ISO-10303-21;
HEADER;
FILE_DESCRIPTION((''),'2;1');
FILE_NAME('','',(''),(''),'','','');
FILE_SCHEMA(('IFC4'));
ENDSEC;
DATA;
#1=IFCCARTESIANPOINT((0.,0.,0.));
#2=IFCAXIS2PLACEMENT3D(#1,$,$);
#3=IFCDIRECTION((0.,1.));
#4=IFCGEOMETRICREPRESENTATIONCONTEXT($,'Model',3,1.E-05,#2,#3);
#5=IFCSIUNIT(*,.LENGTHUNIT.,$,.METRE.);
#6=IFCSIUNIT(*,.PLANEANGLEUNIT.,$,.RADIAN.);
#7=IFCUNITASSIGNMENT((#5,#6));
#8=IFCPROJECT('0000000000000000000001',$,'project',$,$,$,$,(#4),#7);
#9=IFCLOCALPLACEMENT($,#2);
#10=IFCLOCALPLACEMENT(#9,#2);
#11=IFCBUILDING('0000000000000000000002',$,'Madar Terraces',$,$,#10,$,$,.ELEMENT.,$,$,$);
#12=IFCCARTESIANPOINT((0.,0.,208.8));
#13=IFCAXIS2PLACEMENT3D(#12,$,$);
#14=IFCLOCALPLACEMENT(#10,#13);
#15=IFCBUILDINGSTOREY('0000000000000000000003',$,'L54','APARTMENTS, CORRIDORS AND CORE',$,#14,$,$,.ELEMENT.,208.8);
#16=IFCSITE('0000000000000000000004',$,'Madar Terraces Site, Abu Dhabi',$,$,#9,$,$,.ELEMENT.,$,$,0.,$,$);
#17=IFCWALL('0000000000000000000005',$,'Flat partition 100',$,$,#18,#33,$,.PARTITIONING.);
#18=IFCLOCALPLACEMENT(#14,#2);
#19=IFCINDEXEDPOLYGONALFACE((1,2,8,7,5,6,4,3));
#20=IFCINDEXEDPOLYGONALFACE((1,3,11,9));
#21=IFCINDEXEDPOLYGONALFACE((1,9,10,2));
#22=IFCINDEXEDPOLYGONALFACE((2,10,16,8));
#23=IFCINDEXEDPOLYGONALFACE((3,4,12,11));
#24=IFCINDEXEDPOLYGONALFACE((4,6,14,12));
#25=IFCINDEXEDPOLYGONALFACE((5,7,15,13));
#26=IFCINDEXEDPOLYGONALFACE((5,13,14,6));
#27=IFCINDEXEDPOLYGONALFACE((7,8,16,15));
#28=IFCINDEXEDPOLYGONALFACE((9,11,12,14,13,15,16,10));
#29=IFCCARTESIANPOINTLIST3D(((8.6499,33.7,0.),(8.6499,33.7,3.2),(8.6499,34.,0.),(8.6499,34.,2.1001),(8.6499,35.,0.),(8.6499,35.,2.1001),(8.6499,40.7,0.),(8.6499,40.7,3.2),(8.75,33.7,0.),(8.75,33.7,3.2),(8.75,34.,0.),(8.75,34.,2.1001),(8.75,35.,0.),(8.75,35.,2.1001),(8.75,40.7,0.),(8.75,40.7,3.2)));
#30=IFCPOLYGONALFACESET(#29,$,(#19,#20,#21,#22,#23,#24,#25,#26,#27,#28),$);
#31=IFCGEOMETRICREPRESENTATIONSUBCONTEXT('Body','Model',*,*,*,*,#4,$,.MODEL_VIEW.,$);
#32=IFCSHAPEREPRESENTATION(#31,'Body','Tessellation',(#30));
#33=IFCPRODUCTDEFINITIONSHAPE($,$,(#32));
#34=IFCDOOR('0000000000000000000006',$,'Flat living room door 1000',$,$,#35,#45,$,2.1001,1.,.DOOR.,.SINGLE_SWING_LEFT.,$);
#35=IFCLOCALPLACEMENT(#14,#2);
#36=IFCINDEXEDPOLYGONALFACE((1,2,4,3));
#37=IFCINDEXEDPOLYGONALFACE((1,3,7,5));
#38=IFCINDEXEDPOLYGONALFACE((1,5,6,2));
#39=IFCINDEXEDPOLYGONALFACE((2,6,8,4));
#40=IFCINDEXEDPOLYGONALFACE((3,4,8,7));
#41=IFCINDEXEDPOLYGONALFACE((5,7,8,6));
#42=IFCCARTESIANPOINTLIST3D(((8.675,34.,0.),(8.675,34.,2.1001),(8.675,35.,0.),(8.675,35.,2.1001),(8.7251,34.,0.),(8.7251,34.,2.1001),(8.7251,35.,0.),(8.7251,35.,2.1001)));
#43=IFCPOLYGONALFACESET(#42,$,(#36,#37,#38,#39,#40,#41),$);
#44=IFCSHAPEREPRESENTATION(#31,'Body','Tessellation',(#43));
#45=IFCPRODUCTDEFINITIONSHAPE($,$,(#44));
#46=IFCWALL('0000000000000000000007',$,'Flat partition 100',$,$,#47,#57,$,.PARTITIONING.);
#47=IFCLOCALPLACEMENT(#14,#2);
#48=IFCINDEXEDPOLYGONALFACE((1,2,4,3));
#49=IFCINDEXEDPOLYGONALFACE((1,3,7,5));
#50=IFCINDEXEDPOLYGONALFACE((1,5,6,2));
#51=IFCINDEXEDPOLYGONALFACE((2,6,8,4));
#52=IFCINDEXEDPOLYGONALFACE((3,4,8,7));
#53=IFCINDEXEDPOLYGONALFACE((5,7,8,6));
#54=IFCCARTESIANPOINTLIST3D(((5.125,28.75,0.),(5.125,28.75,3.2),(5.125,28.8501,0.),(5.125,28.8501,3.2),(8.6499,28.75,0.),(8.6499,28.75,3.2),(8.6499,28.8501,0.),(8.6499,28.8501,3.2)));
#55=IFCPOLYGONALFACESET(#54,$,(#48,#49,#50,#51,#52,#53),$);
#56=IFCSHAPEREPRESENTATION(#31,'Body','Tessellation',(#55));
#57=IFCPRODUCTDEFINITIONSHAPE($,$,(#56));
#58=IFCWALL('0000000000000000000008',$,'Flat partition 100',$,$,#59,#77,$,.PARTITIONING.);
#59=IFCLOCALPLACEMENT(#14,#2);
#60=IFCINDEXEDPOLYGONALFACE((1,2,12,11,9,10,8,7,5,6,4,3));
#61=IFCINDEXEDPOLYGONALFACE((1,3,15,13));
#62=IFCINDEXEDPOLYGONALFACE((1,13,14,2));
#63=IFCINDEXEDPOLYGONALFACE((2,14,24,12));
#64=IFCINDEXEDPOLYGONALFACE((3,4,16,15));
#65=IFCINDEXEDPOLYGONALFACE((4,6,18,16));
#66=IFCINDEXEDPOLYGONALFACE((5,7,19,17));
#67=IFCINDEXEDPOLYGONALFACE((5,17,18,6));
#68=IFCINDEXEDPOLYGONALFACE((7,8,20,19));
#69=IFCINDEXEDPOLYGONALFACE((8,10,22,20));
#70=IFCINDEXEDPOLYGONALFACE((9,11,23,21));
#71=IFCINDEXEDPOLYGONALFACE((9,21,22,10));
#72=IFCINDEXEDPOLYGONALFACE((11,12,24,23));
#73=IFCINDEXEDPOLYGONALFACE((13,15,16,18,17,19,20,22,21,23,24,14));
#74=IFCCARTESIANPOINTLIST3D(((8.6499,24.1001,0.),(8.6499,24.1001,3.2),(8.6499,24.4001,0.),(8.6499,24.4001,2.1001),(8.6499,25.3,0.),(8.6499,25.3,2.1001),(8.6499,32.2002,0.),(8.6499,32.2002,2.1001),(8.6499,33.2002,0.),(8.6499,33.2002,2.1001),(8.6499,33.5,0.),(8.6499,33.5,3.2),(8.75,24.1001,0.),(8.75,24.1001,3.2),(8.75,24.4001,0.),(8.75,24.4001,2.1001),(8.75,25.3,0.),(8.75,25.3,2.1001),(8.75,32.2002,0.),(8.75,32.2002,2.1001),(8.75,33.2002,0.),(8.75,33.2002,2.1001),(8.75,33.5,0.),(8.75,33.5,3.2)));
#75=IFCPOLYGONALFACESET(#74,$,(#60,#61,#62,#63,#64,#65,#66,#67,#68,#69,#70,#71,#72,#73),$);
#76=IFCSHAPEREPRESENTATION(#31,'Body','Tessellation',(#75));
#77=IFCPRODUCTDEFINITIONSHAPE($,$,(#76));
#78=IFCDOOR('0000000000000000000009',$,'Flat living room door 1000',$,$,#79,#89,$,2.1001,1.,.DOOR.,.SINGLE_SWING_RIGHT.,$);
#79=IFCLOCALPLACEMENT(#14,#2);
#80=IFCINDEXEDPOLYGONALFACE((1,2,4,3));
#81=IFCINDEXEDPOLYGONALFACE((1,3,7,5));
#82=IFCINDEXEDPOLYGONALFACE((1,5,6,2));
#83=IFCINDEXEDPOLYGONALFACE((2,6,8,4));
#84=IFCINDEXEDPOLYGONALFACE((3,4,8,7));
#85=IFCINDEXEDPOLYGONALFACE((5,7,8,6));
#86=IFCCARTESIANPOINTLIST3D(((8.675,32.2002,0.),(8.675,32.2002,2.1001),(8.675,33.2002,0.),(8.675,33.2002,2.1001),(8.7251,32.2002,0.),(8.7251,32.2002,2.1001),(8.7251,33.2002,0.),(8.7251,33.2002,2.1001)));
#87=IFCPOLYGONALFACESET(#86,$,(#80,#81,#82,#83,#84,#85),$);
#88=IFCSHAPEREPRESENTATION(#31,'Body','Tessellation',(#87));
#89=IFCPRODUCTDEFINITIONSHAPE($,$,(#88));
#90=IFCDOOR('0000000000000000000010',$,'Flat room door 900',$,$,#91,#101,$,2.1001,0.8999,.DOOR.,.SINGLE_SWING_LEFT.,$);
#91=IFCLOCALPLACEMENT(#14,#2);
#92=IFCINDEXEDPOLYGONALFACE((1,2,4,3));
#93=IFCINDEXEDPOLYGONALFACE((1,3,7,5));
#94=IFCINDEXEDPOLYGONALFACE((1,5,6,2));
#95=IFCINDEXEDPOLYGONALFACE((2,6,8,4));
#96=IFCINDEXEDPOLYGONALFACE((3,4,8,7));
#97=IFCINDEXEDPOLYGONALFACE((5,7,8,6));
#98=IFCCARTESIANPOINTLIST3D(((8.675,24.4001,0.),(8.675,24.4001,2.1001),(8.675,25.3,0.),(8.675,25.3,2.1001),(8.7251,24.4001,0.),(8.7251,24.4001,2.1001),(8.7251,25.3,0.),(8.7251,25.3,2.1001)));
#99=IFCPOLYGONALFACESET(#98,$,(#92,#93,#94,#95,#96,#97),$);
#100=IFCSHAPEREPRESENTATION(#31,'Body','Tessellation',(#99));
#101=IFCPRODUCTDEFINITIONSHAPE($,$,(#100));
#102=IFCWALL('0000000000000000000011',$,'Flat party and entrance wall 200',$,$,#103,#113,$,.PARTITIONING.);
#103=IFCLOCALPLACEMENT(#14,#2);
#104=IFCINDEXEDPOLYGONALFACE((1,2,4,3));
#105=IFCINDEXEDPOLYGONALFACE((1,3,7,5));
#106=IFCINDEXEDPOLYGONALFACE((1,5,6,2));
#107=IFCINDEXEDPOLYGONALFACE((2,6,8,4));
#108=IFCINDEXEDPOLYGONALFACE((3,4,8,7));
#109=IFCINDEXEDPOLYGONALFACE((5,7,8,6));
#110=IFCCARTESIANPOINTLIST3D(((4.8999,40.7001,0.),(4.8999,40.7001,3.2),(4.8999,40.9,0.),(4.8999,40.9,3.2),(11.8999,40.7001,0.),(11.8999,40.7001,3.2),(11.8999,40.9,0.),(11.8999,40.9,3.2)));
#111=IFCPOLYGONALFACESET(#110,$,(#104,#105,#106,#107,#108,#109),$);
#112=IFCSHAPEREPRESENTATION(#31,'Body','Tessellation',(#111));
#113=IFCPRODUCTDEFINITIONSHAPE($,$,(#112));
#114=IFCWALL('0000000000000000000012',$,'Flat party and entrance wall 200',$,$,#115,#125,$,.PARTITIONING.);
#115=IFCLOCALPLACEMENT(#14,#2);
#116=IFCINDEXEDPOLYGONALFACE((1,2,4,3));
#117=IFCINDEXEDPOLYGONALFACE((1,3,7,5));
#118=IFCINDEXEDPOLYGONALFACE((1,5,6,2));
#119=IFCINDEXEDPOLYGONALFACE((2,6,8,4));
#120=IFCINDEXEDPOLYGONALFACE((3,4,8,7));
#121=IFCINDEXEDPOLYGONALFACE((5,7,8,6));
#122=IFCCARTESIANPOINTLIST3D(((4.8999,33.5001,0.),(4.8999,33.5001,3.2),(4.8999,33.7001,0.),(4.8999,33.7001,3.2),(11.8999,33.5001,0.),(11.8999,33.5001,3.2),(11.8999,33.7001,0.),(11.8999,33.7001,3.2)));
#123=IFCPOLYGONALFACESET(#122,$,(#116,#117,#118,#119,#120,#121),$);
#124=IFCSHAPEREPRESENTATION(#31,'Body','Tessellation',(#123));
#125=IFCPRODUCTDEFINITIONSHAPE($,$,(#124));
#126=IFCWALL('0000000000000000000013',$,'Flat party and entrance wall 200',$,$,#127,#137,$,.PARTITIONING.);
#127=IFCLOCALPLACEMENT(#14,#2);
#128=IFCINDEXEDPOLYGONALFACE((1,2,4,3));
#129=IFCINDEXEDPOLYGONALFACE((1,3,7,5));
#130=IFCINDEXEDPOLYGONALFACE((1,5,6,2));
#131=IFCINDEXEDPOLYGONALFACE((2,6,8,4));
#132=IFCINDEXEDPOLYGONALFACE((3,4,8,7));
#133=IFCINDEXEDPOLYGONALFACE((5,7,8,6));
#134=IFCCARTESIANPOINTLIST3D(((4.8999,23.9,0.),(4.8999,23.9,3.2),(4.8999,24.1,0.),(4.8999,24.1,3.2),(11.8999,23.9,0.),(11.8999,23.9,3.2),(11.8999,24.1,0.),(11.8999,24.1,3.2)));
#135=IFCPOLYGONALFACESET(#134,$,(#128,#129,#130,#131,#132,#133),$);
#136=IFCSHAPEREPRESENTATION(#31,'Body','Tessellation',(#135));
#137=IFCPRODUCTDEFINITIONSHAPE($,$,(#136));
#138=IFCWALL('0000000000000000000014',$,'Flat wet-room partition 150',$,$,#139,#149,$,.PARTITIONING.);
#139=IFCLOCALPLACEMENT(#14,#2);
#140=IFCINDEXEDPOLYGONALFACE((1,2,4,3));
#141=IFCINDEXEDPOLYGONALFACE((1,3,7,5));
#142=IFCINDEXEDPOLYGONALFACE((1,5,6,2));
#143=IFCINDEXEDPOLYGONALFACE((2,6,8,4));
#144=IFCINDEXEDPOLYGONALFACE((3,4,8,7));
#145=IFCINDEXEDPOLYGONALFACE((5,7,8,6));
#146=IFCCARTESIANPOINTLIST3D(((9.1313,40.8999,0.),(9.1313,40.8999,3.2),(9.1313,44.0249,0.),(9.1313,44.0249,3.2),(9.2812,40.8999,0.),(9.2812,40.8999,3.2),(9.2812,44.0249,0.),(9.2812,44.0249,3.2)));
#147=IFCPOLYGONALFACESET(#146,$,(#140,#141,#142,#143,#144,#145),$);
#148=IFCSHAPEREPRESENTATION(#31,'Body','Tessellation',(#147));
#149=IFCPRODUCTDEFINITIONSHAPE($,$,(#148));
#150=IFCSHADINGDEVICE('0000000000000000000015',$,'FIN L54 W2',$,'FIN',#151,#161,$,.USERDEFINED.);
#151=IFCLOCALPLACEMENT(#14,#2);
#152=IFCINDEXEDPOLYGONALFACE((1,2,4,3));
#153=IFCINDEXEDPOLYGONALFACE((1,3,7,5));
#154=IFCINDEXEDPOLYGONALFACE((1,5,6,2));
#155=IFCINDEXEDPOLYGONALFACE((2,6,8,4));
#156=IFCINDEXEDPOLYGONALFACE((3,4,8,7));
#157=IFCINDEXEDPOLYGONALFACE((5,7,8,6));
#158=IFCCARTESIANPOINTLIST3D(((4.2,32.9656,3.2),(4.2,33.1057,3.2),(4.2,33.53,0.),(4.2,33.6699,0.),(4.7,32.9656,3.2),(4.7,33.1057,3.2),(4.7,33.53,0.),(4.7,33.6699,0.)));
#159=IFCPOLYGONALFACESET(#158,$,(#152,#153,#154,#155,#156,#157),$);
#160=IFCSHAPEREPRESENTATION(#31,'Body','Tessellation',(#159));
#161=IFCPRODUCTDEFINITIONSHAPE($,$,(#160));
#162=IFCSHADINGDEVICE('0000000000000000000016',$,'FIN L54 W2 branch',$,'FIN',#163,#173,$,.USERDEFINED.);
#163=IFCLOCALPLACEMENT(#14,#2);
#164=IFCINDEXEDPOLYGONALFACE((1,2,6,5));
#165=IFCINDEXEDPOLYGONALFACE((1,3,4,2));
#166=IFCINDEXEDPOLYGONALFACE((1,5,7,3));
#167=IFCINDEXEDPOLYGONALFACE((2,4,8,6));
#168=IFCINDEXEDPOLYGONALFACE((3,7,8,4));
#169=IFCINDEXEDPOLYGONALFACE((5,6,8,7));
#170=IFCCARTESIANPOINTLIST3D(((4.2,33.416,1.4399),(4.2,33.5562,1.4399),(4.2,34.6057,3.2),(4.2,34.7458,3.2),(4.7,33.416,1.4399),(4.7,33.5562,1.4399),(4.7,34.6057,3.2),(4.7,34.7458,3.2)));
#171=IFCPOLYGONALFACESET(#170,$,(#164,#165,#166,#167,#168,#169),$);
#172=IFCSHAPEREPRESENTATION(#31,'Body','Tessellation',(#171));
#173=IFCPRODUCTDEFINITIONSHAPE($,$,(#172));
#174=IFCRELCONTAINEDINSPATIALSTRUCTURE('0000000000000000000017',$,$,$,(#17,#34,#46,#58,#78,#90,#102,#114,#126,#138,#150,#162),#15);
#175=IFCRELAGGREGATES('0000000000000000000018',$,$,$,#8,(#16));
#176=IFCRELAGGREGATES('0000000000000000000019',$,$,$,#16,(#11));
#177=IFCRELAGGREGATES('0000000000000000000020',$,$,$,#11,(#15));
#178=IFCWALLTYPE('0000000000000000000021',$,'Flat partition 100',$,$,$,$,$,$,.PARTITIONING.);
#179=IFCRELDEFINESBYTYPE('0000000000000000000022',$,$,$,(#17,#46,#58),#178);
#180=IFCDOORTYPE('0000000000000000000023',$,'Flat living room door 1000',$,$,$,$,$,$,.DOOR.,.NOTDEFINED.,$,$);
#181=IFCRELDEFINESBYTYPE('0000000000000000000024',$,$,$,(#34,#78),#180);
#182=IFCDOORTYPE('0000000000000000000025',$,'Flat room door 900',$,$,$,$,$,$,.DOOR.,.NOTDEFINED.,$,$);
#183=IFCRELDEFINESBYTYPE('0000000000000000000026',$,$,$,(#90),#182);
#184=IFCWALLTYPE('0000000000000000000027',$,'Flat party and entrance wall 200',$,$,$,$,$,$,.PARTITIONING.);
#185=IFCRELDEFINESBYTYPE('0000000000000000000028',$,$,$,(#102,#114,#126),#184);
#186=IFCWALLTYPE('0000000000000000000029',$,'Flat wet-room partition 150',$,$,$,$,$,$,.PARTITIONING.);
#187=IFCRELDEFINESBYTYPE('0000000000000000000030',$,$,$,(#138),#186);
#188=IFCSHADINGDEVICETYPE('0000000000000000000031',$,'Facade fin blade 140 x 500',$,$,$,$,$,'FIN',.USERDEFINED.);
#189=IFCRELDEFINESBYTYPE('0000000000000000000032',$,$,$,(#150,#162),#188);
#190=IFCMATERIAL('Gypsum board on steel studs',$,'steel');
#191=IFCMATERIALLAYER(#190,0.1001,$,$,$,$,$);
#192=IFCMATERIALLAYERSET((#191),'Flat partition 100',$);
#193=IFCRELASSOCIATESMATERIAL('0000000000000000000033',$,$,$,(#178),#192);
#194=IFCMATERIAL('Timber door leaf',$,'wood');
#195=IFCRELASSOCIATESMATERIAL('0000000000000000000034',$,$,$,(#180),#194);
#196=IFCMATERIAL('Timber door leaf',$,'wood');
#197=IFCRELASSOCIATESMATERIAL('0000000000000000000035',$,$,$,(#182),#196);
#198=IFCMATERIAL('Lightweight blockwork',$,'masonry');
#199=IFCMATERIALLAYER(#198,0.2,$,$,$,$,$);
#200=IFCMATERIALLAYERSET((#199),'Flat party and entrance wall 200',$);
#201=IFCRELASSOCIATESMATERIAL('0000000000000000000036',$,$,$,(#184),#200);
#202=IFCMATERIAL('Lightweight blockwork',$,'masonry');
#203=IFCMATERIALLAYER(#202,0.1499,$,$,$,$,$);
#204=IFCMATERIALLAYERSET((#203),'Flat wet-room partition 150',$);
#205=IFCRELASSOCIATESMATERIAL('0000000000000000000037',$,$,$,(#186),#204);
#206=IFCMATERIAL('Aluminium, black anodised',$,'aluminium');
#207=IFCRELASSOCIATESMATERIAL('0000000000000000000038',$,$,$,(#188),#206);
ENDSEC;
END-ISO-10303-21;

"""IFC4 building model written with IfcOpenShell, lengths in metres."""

from ifc_helpers import new_model, si_unit, direction, frame, frame_2d, origin, place, context, subcontext, project, spatial, polyline, rectangle, outline, extrude, material, layer, layer_set, type_object, element, fill, save


model = new_model("IFC4")

# Units and contexts
model_context = context("Model", 3, precision=1e-05, world=origin(), true_north=direction((0.0, 1.0)))
body_context = subcontext(model_context, "Body", "Model", "MODEL_VIEW")
ifc_project = project(units=[si_unit("LENGTHUNIT", "METRE"), si_unit("PLANEANGLEUNIT", "RADIAN")], contexts=[model_context])

# Site, building, storey
site_placement = place(None, origin())
site = spatial("IfcSite", under=ifc_project, at=site_placement, Name="Madar Terraces Site, Abu Dhabi", CompositionType="ELEMENT", RefElevation=0.0)
building_placement = place(site_placement, origin())
building = spatial("IfcBuilding", under=site, at=building_placement, Name="Madar Terraces", CompositionType="ELEMENT")
storey_placement = place(building_placement, frame((0.0, 0.0, 208.8)))
storey = spatial("IfcBuildingStorey", under=building, at=storey_placement, Name="L54", Description="APARTMENTS, CORRIDORS AND CORE", CompositionType="ELEMENT", Elevation=208.8)

# Wall, opening, door
ifc_material_1 = material(Name="Gypsum board on steel studs", Category="steel")
ifc_layer_1 = layer(ifc_material_1, 0.1001)
ifc_layer_set_1 = layer_set([ifc_layer_1], Name="Flat partition 100")
wall_type_1 = type_object("IfcWallType", Name="Flat partition 100", PredefinedType="PARTITIONING", material=ifc_layer_set_1)
wall_1_placement = place(storey_placement, frame((8.7, 33.7, 0.0), z_axis=(0.0, 0.0, 1.0), x_axis=(0.0, 1.0, 0.0)))
wall_1 = element("IfcWall", 1, at=wall_1_placement, inside=storey, type_object=wall_type_1, Name="Flat partition 100", PredefinedType="PARTITIONING", context=body_context, shape_type="SweptSolid", body=[
    extrude(rectangle(XDim=7.0, YDim=0.1001, at=frame_2d((3.5, 0.0))), origin(), (0.0, 0.0, 1.0), 3.2),
])
opening_1_placement = place(wall_1_placement, frame((0.3, 0.0, 0.0)))
opening_1 = element("IfcOpeningElement", 2, at=opening_1_placement, cuts=wall_1, PredefinedType="OPENING", context=body_context, shape_type="SweptSolid", body=[
    extrude(rectangle(XDim=1.0, YDim=2.1001, at=frame_2d((0.5, 1.05))), frame((0.0, 0.0601, 0.0), z_axis=(0.0, -1.0, 0.0), x_axis=(1.0, 0.0, 0.0)), (0.0, 0.0, 1.0), 0.1201),
])
ifc_material_2 = material(Name="Timber door leaf", Category="wood")
door_type_1 = type_object("IfcDoorType", Name="Flat living room door 1000", OperationType="NOTDEFINED", PredefinedType="DOOR", material=ifc_material_2)
door_1_placement = place(opening_1_placement, origin())
door_1 = element("IfcDoor", 3, at=door_1_placement, inside=storey, type_object=door_type_1, Name="Flat living room door 1000", OperationType="SINGLE_SWING_LEFT", OverallHeight=2.1001, OverallWidth=1.0, PredefinedType="DOOR", context=body_context, shape_type="SweptSolid", body=[
    extrude(rectangle(XDim=1.0, YDim=2.1001, at=frame_2d((0.5, 1.05))), frame((0.0, 0.0249, 0.0), z_axis=(0.0, -1.0, 0.0), x_axis=(1.0, 0.0, 0.0)), (0.0, 0.0, 1.0), 0.05),
])
fill(opening_1, door_1)

# Wall
wall_2_placement = place(storey_placement, frame((8.6499, 28.8, 0.0), z_axis=(0.0, 0.0, 1.0), x_axis=(-1.0, 0.0, 0.0)))
element("IfcWall", 4, at=wall_2_placement, inside=storey, type_object=wall_type_1, Name="Flat partition 100", PredefinedType="PARTITIONING", context=body_context, shape_type="SweptSolid", body=[
    extrude(rectangle(XDim=3.5249, YDim=0.1001, at=frame_2d((1.7625, 0.0))), origin(), (0.0, 0.0, 1.0), 3.2),
])

# Wall, openings, doors
wall_3_placement = place(storey_placement, frame((8.7, 24.1001, 0.0), z_axis=(0.0, 0.0, 1.0), x_axis=(0.0, 1.0, 0.0)))
wall_3 = element("IfcWall", 5, at=wall_3_placement, inside=storey, type_object=wall_type_1, Name="Flat partition 100", PredefinedType="PARTITIONING", context=body_context, shape_type="SweptSolid", body=[
    extrude(rectangle(XDim=9.3999, YDim=0.1001, at=frame_2d((4.7, 0.0))), origin(), (0.0, 0.0, 1.0), 3.2),
])
opening_2_placement = place(wall_3_placement, frame((0.3, 0.0, 0.0)))
opening_2 = element("IfcOpeningElement", 6, at=opening_2_placement, cuts=wall_3, PredefinedType="OPENING", context=body_context, shape_type="SweptSolid", body=[
    extrude(rectangle(XDim=0.8999, YDim=2.1001, at=frame_2d((0.45, 1.05))), frame((0.0, 0.0601, 0.0), z_axis=(0.0, -1.0, 0.0), x_axis=(1.0, 0.0, 0.0)), (0.0, 0.0, 1.0), 0.1201),
])
opening_3_placement = place(wall_3_placement, frame((8.1001, 0.0, 0.0)))
opening_3 = element("IfcOpeningElement", 7, at=opening_3_placement, cuts=wall_3, PredefinedType="OPENING", context=body_context, shape_type="SweptSolid", body=[
    extrude(rectangle(XDim=1.0, YDim=2.1001, at=frame_2d((0.5, 1.05))), frame((0.0, 0.0601, 0.0), z_axis=(0.0, -1.0, 0.0), x_axis=(1.0, 0.0, 0.0)), (0.0, 0.0, 1.0), 0.1201),
])
door_2_placement = place(opening_3_placement, origin())
door_2 = element("IfcDoor", 8, at=door_2_placement, inside=storey, type_object=door_type_1, Name="Flat living room door 1000", OperationType="SINGLE_SWING_RIGHT", OverallHeight=2.1001, OverallWidth=1.0, PredefinedType="DOOR", context=body_context, shape_type="SweptSolid", body=[
    extrude(rectangle(XDim=1.0, YDim=2.1001, at=frame_2d((0.5, 1.05))), frame((0.0, 0.0249, 0.0), z_axis=(0.0, -1.0, 0.0), x_axis=(1.0, 0.0, 0.0)), (0.0, 0.0, 1.0), 0.05),
])
fill(opening_3, door_2)
ifc_material_3 = material(Name="Timber door leaf", Category="wood")
door_type_2 = type_object("IfcDoorType", Name="Flat room door 900", OperationType="NOTDEFINED", PredefinedType="DOOR", material=ifc_material_3)
door_3_placement = place(opening_2_placement, origin())
door_3 = element("IfcDoor", 9, at=door_3_placement, inside=storey, type_object=door_type_2, Name="Flat room door 900", OperationType="SINGLE_SWING_LEFT", OverallHeight=2.1001, OverallWidth=0.8999, PredefinedType="DOOR", context=body_context, shape_type="SweptSolid", body=[
    extrude(rectangle(XDim=0.8999, YDim=2.1001, at=frame_2d((0.45, 1.05))), frame((0.0, 0.0249, 0.0), z_axis=(0.0, -1.0, 0.0), x_axis=(1.0, 0.0, 0.0)), (0.0, 0.0, 1.0), 0.05),
])
fill(opening_2, door_3)

# Walls
ifc_material_4 = material(Name="Lightweight blockwork", Category="masonry")
ifc_layer_2 = layer(ifc_material_4, 0.2)
ifc_layer_set_2 = layer_set([ifc_layer_2], Name="Flat party and entrance wall 200")
wall_type_2 = type_object("IfcWallType", Name="Flat party and entrance wall 200", PredefinedType="PARTITIONING", material=ifc_layer_set_2)
for number, where, z_axis, x_axis, name in (
    (10, (4.8999, 40.8, 0.0), (0.0, 0.0, 1.0), (1.0, 0.0, 0.0), "Flat party and entrance wall 200"),
    (11, (4.8999, 33.6001, 0.0), (0.0, 0.0, 1.0), (1.0, 0.0, 0.0), "Flat party and entrance wall 200"),
    (12, (4.8999, 24.0, 0.0), (0.0, 0.0, 1.0), (1.0, 0.0, 0.0), "Flat party and entrance wall 200"),
):
    element("IfcWall", number, at=place(storey_placement, frame(where, z_axis=z_axis, x_axis=x_axis)), inside=storey, type_object=wall_type_2, Name=name, PredefinedType="PARTITIONING", context=body_context, shape_type="SweptSolid", body=[
        extrude(rectangle(XDim=7.0, YDim=0.2, at=frame_2d((3.5, 0.0))), origin(), (0.0, 0.0, 1.0), 3.2),
    ])
ifc_material_5 = material(Name="Lightweight blockwork", Category="masonry")
ifc_layer_3 = layer(ifc_material_5, 0.1499)
ifc_layer_set_3 = layer_set([ifc_layer_3], Name="Flat wet-room partition 150")
wall_type_3 = type_object("IfcWallType", Name="Flat wet-room partition 150", PredefinedType="PARTITIONING", material=ifc_layer_set_3)
wall_4_placement = place(storey_placement, frame((9.2063, 40.8999, 0.0), z_axis=(0.0, 0.0, 1.0), x_axis=(0.0, 1.0, 0.0)))
element("IfcWall", 13, at=wall_4_placement, inside=storey, type_object=wall_type_3, Name="Flat wet-room partition 150", PredefinedType="PARTITIONING", context=body_context, shape_type="SweptSolid", body=[
    extrude(rectangle(XDim=3.125, YDim=0.1499, at=frame_2d((1.5625, 0.0))), origin(), (0.0, 0.0, 1.0), 3.2),
])

# Shading devices
ifc_material_6 = material(Name="Aluminium, black anodised", Category="aluminium")
shading_device_type = type_object("IfcShadingDeviceType", Name="Facade fin blade 140 x 500", ElementType="FIN", PredefinedType="USERDEFINED", material=ifc_material_6)
shading_device_1_placement = place(storey_placement, frame((4.45, 33.6699, 0.0), z_axis=(0.0, 0.0, 1.0), x_axis=(0.0, -1.0, 0.0)))
element("IfcShadingDevice", 14, at=shading_device_1_placement, inside=storey, type_object=shading_device_type, Name="FIN L54 W2", ObjectType="FIN", PredefinedType="USERDEFINED", context=body_context, shape_type="SweptSolid", body=[
    extrude(outline(polyline([(0.0, 0.0), (0.1399, 0.0), (0.7043, 3.2), (0.5642, 3.2), (0.0, 0.0)])), frame((0.0, 0.25, 0.0), z_axis=(0.0, -1.0, 0.0), x_axis=(1.0, 0.0, 0.0)), (0.0, 0.0, 1.0), 0.5),
])
shading_device_2_placement = place(storey_placement, frame((4.45, 33.5562, 1.4399), z_axis=(0.0, 0.0, 1.0), x_axis=(0.0, -1.0, 0.0)))
element("IfcShadingDevice", 15, at=shading_device_2_placement, inside=storey, type_object=shading_device_type, Name="FIN L54 W2 branch", ObjectType="FIN", PredefinedType="USERDEFINED", context=body_context, shape_type="SweptSolid", body=[
    extrude(outline(polyline([(0.0, 0.0), (0.1401, 0.0), (-1.0496, 1.76), (-1.1897, 1.76), (0.0, 0.0)])), frame((0.0, 0.25, 0.0), z_axis=(0.0, -1.0, 0.0), x_axis=(1.0, 0.0, 0.0)), (0.0, 0.0, 1.0), 0.5),
])

save(model, "model.ifc")
